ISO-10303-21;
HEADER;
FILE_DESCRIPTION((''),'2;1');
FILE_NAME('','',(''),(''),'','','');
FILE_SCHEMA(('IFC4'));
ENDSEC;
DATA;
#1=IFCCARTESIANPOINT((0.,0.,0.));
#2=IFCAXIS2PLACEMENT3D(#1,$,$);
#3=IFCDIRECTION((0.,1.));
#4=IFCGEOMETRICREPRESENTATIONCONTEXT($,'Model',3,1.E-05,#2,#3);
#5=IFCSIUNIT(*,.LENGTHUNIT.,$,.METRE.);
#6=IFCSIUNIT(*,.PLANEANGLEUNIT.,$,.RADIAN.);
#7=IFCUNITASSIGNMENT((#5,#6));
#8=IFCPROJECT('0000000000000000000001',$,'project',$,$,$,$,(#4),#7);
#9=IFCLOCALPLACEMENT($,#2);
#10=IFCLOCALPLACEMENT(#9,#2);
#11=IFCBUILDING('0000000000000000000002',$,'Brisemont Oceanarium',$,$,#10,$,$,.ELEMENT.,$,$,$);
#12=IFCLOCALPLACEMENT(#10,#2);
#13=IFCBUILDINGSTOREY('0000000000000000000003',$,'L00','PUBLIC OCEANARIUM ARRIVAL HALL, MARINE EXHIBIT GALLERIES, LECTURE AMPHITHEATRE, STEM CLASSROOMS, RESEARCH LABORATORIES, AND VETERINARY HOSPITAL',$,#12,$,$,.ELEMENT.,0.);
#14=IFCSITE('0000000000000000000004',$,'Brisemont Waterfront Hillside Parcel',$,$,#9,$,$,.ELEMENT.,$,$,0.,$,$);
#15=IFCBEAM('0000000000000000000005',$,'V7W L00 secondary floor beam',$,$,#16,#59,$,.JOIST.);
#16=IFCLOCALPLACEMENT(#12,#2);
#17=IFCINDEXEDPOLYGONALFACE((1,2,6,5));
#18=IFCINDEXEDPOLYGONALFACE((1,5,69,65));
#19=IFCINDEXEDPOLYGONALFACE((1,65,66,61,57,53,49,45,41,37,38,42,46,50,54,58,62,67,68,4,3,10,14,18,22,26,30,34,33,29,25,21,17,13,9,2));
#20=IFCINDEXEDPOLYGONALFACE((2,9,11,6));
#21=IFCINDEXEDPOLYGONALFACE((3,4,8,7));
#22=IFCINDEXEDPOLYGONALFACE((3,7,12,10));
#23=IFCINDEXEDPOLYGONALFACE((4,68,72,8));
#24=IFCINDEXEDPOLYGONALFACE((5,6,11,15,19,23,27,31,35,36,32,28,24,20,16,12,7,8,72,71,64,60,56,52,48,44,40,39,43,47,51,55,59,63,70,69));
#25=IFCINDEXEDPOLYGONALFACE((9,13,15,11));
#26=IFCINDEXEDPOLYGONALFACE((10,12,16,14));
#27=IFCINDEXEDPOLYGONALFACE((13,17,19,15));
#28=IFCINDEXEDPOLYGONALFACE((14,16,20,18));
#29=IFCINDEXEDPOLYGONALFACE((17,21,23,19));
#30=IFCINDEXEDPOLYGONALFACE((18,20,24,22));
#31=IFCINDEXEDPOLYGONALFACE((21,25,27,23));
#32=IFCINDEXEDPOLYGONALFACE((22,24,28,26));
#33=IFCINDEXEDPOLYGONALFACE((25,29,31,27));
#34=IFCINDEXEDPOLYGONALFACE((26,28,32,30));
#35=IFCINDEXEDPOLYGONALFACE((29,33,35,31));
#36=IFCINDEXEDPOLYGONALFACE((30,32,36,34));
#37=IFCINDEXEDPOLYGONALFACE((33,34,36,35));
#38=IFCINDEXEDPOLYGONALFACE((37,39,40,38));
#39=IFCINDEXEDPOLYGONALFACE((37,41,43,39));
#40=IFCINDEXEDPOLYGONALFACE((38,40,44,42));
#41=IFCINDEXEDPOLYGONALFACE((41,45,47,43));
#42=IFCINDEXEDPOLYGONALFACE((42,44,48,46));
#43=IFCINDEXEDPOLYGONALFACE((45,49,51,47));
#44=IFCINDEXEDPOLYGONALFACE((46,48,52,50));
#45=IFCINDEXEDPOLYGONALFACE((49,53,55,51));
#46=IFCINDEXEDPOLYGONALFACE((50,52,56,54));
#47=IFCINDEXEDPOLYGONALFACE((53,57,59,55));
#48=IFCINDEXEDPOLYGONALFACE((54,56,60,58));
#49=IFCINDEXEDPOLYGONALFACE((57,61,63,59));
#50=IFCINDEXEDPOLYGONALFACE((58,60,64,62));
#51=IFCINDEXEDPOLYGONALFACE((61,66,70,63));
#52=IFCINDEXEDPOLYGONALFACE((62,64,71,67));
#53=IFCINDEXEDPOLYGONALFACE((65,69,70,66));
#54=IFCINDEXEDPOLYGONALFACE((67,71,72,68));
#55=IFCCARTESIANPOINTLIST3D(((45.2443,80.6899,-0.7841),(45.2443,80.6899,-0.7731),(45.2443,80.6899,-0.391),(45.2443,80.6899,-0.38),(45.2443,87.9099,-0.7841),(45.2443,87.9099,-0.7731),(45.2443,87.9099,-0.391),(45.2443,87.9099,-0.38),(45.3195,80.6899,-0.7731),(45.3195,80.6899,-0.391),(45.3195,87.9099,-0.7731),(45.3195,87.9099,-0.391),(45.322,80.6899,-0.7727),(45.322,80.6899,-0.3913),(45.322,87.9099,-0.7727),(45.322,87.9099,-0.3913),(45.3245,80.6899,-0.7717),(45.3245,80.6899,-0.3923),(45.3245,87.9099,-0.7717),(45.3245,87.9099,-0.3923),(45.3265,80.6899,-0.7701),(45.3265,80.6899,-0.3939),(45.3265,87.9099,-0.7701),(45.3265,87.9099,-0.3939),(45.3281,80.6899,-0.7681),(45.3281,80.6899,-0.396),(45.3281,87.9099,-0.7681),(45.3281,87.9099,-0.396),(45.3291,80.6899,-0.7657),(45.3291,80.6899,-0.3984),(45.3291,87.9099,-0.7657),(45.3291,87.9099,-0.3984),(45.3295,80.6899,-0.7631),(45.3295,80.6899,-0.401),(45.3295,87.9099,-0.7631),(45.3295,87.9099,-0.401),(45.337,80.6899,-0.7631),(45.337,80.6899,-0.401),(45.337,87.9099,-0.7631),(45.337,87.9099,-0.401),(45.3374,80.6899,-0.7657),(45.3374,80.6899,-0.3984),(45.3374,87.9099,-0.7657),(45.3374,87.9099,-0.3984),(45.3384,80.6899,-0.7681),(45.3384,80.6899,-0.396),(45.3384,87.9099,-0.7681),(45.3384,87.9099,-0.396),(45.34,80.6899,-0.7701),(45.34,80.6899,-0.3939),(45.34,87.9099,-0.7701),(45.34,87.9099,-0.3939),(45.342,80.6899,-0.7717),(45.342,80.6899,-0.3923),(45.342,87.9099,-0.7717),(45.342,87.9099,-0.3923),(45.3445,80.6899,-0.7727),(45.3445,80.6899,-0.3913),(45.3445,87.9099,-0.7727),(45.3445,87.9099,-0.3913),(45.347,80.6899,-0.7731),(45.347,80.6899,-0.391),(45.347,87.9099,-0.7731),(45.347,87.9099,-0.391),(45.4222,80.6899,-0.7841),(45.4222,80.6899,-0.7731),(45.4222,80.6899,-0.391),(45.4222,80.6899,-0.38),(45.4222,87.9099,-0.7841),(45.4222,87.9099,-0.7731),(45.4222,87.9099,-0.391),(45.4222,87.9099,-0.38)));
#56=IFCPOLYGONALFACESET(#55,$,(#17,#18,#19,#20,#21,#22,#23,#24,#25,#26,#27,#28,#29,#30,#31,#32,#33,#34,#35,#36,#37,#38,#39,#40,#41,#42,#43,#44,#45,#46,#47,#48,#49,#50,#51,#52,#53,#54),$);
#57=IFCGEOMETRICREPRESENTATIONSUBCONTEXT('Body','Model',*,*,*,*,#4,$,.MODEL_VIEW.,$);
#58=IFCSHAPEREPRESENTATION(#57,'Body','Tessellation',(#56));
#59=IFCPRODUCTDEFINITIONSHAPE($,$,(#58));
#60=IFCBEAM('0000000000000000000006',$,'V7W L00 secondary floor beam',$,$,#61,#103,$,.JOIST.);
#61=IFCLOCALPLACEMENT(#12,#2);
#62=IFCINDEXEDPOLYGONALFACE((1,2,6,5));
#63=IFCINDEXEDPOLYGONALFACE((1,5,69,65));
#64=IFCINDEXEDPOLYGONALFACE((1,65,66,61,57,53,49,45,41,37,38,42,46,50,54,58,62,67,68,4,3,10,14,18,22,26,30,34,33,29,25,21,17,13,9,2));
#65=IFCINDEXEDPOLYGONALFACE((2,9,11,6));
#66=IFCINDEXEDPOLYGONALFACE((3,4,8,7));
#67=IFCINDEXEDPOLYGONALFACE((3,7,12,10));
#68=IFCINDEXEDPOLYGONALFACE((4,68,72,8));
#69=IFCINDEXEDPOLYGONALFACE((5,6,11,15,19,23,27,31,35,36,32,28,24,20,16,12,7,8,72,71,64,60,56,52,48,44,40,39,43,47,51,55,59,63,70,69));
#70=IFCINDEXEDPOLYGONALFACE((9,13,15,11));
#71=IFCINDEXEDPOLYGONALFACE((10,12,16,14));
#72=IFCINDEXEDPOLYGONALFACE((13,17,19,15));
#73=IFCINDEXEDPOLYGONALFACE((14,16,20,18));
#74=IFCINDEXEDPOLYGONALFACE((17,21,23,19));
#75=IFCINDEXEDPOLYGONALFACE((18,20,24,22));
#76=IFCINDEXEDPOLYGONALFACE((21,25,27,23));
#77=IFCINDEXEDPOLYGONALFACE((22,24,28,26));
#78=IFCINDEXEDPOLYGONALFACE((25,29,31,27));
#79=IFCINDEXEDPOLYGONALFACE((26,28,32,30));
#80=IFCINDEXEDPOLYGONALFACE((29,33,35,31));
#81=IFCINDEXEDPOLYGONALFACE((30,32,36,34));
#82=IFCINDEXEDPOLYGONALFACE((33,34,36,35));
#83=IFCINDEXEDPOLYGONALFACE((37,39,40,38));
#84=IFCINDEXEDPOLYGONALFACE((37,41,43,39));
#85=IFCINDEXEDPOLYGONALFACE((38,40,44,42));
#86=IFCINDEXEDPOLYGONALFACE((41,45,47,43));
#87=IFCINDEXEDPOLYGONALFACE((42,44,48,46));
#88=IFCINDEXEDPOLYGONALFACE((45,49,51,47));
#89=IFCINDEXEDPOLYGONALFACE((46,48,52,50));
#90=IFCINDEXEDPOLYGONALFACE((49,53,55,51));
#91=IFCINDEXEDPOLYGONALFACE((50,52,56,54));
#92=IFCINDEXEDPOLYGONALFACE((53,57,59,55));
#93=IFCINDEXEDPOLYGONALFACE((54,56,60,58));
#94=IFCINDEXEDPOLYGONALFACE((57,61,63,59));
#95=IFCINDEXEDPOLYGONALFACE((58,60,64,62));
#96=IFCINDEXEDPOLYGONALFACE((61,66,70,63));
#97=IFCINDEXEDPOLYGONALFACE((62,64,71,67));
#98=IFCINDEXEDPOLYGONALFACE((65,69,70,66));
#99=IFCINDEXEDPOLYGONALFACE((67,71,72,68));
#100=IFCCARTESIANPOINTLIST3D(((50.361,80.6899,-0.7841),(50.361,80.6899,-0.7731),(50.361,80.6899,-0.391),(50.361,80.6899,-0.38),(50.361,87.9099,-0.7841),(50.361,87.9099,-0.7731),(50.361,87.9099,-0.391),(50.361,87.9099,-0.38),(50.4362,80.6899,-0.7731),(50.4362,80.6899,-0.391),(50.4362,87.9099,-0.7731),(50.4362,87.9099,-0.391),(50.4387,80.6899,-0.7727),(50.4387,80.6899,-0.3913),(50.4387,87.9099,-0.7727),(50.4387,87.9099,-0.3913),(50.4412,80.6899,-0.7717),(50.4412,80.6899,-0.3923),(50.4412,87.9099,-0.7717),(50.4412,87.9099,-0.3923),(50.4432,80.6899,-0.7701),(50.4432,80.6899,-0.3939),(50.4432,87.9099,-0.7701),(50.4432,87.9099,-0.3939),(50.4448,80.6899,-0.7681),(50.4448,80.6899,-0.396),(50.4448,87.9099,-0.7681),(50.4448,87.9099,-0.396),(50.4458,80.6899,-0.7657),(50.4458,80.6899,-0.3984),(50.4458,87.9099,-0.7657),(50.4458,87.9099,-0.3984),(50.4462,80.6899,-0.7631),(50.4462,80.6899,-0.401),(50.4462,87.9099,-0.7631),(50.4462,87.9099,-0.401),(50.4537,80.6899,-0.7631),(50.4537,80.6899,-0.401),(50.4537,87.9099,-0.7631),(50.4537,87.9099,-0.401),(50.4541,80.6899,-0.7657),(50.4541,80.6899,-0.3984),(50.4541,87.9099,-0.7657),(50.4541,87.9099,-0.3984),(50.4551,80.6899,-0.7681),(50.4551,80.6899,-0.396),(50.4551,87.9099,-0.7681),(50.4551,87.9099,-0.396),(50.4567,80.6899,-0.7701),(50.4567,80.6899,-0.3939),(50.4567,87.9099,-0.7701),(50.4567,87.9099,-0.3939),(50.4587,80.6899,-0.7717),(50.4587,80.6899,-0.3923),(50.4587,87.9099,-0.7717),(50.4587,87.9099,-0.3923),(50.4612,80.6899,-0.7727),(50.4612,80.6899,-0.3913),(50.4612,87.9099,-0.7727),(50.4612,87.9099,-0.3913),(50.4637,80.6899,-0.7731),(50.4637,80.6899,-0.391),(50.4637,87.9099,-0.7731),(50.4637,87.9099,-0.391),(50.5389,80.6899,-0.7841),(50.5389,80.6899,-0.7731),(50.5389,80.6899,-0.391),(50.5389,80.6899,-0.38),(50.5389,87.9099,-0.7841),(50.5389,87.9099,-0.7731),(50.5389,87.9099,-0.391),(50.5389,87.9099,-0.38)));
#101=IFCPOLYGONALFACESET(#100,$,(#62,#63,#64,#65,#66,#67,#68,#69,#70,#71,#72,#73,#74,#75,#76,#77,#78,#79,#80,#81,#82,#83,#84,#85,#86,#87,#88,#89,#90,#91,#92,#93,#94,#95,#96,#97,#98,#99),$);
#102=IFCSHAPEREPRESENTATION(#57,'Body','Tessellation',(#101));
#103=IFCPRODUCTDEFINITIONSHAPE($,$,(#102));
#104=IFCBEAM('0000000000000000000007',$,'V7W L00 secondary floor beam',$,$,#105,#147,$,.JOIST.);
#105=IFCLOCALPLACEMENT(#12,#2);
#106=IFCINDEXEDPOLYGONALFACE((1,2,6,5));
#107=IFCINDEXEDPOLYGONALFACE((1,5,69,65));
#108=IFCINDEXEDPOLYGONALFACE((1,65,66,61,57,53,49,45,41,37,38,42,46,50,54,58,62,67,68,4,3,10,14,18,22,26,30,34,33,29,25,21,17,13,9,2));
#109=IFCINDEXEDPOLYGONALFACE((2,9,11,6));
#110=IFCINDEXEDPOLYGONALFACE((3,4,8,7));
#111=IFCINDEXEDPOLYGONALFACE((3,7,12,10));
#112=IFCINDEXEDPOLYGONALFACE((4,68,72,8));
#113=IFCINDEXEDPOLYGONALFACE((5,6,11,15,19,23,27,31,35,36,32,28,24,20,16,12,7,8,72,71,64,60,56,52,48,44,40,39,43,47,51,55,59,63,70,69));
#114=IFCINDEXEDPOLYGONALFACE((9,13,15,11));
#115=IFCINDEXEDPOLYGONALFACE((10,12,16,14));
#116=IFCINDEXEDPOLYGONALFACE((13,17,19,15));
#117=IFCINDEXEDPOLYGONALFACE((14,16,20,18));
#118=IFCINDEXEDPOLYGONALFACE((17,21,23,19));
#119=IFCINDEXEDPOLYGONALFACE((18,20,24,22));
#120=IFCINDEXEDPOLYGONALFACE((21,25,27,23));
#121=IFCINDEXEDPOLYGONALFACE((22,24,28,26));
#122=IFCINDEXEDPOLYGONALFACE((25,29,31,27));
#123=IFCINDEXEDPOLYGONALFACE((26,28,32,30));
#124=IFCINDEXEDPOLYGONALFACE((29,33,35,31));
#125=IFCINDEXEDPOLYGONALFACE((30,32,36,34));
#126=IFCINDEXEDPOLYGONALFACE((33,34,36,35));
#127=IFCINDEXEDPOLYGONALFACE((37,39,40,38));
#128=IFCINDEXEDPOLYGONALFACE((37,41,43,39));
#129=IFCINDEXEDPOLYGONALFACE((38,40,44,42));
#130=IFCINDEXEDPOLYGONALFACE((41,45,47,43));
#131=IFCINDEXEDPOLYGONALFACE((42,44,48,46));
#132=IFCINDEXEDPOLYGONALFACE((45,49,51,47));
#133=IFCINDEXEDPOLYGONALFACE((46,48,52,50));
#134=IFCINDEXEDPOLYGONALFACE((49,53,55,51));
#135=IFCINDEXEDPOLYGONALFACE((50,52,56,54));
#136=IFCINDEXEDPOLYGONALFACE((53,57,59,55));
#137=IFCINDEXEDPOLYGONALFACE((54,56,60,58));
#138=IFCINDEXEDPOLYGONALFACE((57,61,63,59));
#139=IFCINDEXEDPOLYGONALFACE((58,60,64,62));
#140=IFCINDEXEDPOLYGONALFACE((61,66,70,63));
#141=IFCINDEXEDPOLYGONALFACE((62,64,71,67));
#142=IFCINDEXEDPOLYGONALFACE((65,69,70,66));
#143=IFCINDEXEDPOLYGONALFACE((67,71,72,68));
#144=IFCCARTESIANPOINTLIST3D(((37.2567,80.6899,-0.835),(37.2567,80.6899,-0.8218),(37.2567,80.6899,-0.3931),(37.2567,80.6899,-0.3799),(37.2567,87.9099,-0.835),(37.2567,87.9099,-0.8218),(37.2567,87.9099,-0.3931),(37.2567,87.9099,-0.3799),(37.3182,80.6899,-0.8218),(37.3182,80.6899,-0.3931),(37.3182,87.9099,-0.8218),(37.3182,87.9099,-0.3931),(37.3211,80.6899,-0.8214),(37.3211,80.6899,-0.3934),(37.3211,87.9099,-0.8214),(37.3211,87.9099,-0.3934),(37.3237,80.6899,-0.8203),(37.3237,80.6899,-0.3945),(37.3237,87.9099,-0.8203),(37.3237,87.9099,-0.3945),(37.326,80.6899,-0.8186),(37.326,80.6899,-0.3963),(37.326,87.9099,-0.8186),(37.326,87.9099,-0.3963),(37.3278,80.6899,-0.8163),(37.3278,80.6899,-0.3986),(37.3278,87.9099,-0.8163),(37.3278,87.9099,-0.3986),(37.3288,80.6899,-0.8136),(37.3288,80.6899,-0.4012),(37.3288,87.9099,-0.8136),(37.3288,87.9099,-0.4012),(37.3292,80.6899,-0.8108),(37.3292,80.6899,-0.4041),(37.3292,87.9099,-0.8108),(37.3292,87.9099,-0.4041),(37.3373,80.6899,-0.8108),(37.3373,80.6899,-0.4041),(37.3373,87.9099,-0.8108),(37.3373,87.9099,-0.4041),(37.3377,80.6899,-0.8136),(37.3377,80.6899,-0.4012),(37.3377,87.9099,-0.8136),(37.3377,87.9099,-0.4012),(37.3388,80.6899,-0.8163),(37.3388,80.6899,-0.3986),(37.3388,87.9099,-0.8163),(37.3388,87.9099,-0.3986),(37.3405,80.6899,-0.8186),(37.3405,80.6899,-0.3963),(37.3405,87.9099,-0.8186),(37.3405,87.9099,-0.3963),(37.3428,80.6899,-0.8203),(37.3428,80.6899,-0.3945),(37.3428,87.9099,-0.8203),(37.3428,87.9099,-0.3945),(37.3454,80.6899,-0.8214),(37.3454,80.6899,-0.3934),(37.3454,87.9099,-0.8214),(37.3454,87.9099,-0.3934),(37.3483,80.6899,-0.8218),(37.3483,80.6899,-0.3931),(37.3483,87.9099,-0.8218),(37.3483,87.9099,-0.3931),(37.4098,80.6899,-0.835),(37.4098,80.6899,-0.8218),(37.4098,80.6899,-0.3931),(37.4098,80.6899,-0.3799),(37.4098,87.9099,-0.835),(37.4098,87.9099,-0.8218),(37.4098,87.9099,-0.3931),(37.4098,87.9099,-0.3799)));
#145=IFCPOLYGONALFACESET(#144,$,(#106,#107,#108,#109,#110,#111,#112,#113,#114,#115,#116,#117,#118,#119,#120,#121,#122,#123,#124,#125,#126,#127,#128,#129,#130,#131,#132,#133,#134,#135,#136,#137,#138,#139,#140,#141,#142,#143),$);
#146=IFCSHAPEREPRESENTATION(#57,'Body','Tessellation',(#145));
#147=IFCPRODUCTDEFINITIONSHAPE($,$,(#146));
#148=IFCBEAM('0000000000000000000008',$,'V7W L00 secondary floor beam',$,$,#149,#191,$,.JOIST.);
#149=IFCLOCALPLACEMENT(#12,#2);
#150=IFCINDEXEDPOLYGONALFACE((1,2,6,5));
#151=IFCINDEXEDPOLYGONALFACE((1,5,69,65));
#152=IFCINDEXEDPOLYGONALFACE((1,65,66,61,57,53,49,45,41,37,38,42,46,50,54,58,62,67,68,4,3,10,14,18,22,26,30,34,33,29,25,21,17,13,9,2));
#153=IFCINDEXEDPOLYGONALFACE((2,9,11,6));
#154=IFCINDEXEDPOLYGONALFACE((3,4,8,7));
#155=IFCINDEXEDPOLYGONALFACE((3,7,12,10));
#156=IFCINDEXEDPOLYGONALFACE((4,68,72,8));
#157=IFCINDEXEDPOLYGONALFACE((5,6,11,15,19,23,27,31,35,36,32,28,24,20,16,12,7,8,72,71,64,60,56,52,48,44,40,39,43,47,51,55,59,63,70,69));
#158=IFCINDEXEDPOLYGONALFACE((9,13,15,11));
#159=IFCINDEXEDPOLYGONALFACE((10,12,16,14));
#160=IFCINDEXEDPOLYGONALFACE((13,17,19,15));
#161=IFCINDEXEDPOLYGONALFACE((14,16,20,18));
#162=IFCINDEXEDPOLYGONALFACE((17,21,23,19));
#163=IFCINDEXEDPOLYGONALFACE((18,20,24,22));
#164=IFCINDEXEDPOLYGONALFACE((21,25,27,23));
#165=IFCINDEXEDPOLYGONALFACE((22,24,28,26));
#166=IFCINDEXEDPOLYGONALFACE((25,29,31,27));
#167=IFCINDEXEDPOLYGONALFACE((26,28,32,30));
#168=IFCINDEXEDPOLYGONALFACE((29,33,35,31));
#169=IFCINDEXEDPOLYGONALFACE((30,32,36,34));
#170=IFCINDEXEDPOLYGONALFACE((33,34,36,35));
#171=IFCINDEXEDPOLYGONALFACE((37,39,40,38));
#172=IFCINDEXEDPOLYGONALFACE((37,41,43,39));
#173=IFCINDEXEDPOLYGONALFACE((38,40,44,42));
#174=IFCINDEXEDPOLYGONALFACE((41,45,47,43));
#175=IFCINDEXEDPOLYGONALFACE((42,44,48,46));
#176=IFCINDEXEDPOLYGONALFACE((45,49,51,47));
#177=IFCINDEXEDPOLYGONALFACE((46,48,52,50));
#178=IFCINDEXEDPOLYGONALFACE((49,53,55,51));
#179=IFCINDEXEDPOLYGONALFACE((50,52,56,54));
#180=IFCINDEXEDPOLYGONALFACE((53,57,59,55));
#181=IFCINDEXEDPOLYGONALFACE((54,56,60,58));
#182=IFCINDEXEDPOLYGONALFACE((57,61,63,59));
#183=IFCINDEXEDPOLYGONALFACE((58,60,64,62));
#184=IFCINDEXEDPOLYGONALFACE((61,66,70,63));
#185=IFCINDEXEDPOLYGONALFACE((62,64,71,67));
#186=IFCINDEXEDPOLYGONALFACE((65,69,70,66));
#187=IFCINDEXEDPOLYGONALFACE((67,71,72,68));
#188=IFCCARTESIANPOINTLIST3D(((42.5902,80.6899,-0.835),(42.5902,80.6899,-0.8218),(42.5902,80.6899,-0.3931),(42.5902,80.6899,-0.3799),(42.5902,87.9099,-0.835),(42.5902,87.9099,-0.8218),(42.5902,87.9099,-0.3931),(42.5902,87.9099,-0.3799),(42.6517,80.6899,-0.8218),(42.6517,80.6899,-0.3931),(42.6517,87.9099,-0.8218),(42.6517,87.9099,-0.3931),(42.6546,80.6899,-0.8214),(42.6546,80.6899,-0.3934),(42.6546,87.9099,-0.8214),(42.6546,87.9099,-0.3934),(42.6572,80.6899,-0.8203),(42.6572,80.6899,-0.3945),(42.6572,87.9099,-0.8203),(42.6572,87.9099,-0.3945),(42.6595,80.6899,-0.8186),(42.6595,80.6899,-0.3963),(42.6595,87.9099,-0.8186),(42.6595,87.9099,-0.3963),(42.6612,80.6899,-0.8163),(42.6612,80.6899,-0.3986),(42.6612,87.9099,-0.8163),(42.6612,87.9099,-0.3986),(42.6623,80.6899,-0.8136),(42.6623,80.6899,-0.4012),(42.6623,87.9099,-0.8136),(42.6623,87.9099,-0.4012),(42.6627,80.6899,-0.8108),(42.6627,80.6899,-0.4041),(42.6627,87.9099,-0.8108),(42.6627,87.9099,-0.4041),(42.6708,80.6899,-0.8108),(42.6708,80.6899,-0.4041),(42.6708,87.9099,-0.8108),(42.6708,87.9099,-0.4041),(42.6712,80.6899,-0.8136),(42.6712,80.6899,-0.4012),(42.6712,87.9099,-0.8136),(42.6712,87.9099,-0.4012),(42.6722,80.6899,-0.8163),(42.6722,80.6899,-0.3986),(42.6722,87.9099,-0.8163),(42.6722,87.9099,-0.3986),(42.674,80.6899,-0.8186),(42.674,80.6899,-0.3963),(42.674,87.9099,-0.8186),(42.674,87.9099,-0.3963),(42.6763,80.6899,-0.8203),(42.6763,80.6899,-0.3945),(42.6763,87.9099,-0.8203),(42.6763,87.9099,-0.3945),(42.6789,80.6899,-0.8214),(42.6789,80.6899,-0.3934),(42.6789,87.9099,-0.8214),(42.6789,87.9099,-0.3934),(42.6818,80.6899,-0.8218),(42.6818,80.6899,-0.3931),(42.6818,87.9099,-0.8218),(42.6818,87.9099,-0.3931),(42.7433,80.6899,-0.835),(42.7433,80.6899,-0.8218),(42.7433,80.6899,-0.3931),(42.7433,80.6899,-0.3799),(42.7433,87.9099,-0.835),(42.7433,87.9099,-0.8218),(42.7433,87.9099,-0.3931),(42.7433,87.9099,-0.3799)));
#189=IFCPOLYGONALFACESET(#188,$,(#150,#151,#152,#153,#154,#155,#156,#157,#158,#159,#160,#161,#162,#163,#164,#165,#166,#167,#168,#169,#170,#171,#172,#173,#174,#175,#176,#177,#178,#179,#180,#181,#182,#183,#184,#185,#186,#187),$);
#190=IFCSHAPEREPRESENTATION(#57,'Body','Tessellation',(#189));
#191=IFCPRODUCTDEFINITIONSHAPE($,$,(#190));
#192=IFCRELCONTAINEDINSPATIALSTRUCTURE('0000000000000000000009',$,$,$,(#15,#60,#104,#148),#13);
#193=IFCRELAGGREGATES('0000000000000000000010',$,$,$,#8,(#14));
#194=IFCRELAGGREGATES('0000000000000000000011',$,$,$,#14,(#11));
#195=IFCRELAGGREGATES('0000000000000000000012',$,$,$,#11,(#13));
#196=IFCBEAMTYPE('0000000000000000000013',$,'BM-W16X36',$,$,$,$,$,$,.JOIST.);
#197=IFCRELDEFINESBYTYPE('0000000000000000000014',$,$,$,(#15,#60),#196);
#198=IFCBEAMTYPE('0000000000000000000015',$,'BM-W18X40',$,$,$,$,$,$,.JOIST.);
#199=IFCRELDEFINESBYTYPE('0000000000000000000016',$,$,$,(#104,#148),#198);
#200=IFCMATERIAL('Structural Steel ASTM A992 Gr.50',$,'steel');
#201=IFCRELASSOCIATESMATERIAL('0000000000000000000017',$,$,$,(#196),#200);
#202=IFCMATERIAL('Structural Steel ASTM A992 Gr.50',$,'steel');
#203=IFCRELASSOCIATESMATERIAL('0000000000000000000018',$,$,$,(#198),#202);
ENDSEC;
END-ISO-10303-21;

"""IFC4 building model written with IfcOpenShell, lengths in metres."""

from ifc_helpers import new_model, si_unit, direction, frame, origin, origin_2d, place, context, subcontext, project, spatial, i_section, extrude, material, material_profile, profile_set, type_object, element, save


model = new_model("IFC4")

# Units and contexts
model_context = context("Model", 3, precision=1e-05, world=origin(), true_north=direction((0.0, 1.0)))
body_context = subcontext(model_context, "Body", "Model", "MODEL_VIEW")
ifc_project = project(units=[si_unit("LENGTHUNIT", "METRE"), si_unit("PLANEANGLEUNIT", "RADIAN")], contexts=[model_context])

# Site, building, storey
site_placement = place(None, origin())
site = spatial("IfcSite", under=ifc_project, at=site_placement, Name="Brisemont Waterfront Hillside Parcel", CompositionType="ELEMENT", RefElevation=0.0)
building_placement = place(site_placement, origin())
building = spatial("IfcBuilding", under=site, at=building_placement, Name="Brisemont Oceanarium", CompositionType="ELEMENT")
storey_placement = place(building_placement, origin())
storey = spatial("IfcBuildingStorey", under=building, at=storey_placement, Name="L00", Description="PUBLIC OCEANARIUM ARRIVAL HALL, MARINE EXHIBIT GALLERIES, LECTURE AMPHITHEATRE, STEM CLASSROOMS, RESEARCH LABORATORIES, AND VETERINARY HOSPITAL", CompositionType="ELEMENT", Elevation=0.0)

# Beams
ifc_material_1 = material(Name="Structural Steel ASTM A992 Gr.50", Category="steel")
ifc_material_profile_1 = material_profile(ifc_material_1, i_section(OverallWidth=0.178, OverallDepth=0.4041, WebThickness=0.0076, FlangeThickness=0.011, FilletRadius=0.01, at=origin_2d()), Name="W16X36")
ifc_profile_set_1 = profile_set([ifc_material_profile_1], Name="Structural Steel ASTM A992 Gr.50")
beam_type_1 = type_object("IfcBeamType", Name="BM-W16X36", PredefinedType="JOIST", material=ifc_profile_set_1)
for number, where, z_axis, x_axis, name in (
    (1, (45.3333, 80.6899, -0.582), (0.0, 1.0, 0.0), (-1.0, 0.0, 0.0), "V7W L00 secondary floor beam"),
    (2, (50.45, 80.6899, -0.582), (0.0, 1.0, 0.0), (-1.0, 0.0, 0.0), "V7W L00 secondary floor beam"),
):
    element("IfcBeam", number, at=place(storey_placement, frame(where, z_axis=z_axis, x_axis=x_axis)), inside=storey, type_object=beam_type_1, Name=name, PredefinedType="JOIST", context=body_context, shape_type="SweptSolid", body=[
        extrude(i_section(OverallWidth=0.178, OverallDepth=0.4041, WebThickness=0.0076, FlangeThickness=0.011, FilletRadius=0.01, at=origin_2d()), origin(), (0.0, 0.0, 1.0), 7.22),
    ])
ifc_material_2 = material(Name="Structural Steel ASTM A992 Gr.50", Category="steel")
ifc_material_profile_2 = material_profile(ifc_material_2, i_section(OverallWidth=0.1531, OverallDepth=0.4551, WebThickness=0.0081, FlangeThickness=0.0132, FilletRadius=0.011, at=origin_2d()), Name="W18X40")
ifc_profile_set_2 = profile_set([ifc_material_profile_2], Name="Structural Steel ASTM A992 Gr.50")
beam_type_2 = type_object("IfcBeamType", Name="BM-W18X40", PredefinedType="JOIST", material=ifc_profile_set_2)
for number, where, z_axis, x_axis, name in (
    (3, (37.3333, 80.6899, -0.6074), (0.0, 1.0, 0.0), (-1.0, 0.0, 0.0), "V7W L00 secondary floor beam"),
    (4, (42.6667, 80.6899, -0.6074), (0.0, 1.0, 0.0), (-1.0, 0.0, 0.0), "V7W L00 secondary floor beam"),
):
    element("IfcBeam", number, at=place(storey_placement, frame(where, z_axis=z_axis, x_axis=x_axis)), inside=storey, type_object=beam_type_2, Name=name, PredefinedType="JOIST", context=body_context, shape_type="SweptSolid", body=[
        extrude(i_section(OverallWidth=0.1531, OverallDepth=0.4551, WebThickness=0.0081, FlangeThickness=0.0132, FilletRadius=0.011, at=origin_2d()), origin(), (0.0, 0.0, 1.0), 7.22),
    ])

save(model, "model.ifc")
